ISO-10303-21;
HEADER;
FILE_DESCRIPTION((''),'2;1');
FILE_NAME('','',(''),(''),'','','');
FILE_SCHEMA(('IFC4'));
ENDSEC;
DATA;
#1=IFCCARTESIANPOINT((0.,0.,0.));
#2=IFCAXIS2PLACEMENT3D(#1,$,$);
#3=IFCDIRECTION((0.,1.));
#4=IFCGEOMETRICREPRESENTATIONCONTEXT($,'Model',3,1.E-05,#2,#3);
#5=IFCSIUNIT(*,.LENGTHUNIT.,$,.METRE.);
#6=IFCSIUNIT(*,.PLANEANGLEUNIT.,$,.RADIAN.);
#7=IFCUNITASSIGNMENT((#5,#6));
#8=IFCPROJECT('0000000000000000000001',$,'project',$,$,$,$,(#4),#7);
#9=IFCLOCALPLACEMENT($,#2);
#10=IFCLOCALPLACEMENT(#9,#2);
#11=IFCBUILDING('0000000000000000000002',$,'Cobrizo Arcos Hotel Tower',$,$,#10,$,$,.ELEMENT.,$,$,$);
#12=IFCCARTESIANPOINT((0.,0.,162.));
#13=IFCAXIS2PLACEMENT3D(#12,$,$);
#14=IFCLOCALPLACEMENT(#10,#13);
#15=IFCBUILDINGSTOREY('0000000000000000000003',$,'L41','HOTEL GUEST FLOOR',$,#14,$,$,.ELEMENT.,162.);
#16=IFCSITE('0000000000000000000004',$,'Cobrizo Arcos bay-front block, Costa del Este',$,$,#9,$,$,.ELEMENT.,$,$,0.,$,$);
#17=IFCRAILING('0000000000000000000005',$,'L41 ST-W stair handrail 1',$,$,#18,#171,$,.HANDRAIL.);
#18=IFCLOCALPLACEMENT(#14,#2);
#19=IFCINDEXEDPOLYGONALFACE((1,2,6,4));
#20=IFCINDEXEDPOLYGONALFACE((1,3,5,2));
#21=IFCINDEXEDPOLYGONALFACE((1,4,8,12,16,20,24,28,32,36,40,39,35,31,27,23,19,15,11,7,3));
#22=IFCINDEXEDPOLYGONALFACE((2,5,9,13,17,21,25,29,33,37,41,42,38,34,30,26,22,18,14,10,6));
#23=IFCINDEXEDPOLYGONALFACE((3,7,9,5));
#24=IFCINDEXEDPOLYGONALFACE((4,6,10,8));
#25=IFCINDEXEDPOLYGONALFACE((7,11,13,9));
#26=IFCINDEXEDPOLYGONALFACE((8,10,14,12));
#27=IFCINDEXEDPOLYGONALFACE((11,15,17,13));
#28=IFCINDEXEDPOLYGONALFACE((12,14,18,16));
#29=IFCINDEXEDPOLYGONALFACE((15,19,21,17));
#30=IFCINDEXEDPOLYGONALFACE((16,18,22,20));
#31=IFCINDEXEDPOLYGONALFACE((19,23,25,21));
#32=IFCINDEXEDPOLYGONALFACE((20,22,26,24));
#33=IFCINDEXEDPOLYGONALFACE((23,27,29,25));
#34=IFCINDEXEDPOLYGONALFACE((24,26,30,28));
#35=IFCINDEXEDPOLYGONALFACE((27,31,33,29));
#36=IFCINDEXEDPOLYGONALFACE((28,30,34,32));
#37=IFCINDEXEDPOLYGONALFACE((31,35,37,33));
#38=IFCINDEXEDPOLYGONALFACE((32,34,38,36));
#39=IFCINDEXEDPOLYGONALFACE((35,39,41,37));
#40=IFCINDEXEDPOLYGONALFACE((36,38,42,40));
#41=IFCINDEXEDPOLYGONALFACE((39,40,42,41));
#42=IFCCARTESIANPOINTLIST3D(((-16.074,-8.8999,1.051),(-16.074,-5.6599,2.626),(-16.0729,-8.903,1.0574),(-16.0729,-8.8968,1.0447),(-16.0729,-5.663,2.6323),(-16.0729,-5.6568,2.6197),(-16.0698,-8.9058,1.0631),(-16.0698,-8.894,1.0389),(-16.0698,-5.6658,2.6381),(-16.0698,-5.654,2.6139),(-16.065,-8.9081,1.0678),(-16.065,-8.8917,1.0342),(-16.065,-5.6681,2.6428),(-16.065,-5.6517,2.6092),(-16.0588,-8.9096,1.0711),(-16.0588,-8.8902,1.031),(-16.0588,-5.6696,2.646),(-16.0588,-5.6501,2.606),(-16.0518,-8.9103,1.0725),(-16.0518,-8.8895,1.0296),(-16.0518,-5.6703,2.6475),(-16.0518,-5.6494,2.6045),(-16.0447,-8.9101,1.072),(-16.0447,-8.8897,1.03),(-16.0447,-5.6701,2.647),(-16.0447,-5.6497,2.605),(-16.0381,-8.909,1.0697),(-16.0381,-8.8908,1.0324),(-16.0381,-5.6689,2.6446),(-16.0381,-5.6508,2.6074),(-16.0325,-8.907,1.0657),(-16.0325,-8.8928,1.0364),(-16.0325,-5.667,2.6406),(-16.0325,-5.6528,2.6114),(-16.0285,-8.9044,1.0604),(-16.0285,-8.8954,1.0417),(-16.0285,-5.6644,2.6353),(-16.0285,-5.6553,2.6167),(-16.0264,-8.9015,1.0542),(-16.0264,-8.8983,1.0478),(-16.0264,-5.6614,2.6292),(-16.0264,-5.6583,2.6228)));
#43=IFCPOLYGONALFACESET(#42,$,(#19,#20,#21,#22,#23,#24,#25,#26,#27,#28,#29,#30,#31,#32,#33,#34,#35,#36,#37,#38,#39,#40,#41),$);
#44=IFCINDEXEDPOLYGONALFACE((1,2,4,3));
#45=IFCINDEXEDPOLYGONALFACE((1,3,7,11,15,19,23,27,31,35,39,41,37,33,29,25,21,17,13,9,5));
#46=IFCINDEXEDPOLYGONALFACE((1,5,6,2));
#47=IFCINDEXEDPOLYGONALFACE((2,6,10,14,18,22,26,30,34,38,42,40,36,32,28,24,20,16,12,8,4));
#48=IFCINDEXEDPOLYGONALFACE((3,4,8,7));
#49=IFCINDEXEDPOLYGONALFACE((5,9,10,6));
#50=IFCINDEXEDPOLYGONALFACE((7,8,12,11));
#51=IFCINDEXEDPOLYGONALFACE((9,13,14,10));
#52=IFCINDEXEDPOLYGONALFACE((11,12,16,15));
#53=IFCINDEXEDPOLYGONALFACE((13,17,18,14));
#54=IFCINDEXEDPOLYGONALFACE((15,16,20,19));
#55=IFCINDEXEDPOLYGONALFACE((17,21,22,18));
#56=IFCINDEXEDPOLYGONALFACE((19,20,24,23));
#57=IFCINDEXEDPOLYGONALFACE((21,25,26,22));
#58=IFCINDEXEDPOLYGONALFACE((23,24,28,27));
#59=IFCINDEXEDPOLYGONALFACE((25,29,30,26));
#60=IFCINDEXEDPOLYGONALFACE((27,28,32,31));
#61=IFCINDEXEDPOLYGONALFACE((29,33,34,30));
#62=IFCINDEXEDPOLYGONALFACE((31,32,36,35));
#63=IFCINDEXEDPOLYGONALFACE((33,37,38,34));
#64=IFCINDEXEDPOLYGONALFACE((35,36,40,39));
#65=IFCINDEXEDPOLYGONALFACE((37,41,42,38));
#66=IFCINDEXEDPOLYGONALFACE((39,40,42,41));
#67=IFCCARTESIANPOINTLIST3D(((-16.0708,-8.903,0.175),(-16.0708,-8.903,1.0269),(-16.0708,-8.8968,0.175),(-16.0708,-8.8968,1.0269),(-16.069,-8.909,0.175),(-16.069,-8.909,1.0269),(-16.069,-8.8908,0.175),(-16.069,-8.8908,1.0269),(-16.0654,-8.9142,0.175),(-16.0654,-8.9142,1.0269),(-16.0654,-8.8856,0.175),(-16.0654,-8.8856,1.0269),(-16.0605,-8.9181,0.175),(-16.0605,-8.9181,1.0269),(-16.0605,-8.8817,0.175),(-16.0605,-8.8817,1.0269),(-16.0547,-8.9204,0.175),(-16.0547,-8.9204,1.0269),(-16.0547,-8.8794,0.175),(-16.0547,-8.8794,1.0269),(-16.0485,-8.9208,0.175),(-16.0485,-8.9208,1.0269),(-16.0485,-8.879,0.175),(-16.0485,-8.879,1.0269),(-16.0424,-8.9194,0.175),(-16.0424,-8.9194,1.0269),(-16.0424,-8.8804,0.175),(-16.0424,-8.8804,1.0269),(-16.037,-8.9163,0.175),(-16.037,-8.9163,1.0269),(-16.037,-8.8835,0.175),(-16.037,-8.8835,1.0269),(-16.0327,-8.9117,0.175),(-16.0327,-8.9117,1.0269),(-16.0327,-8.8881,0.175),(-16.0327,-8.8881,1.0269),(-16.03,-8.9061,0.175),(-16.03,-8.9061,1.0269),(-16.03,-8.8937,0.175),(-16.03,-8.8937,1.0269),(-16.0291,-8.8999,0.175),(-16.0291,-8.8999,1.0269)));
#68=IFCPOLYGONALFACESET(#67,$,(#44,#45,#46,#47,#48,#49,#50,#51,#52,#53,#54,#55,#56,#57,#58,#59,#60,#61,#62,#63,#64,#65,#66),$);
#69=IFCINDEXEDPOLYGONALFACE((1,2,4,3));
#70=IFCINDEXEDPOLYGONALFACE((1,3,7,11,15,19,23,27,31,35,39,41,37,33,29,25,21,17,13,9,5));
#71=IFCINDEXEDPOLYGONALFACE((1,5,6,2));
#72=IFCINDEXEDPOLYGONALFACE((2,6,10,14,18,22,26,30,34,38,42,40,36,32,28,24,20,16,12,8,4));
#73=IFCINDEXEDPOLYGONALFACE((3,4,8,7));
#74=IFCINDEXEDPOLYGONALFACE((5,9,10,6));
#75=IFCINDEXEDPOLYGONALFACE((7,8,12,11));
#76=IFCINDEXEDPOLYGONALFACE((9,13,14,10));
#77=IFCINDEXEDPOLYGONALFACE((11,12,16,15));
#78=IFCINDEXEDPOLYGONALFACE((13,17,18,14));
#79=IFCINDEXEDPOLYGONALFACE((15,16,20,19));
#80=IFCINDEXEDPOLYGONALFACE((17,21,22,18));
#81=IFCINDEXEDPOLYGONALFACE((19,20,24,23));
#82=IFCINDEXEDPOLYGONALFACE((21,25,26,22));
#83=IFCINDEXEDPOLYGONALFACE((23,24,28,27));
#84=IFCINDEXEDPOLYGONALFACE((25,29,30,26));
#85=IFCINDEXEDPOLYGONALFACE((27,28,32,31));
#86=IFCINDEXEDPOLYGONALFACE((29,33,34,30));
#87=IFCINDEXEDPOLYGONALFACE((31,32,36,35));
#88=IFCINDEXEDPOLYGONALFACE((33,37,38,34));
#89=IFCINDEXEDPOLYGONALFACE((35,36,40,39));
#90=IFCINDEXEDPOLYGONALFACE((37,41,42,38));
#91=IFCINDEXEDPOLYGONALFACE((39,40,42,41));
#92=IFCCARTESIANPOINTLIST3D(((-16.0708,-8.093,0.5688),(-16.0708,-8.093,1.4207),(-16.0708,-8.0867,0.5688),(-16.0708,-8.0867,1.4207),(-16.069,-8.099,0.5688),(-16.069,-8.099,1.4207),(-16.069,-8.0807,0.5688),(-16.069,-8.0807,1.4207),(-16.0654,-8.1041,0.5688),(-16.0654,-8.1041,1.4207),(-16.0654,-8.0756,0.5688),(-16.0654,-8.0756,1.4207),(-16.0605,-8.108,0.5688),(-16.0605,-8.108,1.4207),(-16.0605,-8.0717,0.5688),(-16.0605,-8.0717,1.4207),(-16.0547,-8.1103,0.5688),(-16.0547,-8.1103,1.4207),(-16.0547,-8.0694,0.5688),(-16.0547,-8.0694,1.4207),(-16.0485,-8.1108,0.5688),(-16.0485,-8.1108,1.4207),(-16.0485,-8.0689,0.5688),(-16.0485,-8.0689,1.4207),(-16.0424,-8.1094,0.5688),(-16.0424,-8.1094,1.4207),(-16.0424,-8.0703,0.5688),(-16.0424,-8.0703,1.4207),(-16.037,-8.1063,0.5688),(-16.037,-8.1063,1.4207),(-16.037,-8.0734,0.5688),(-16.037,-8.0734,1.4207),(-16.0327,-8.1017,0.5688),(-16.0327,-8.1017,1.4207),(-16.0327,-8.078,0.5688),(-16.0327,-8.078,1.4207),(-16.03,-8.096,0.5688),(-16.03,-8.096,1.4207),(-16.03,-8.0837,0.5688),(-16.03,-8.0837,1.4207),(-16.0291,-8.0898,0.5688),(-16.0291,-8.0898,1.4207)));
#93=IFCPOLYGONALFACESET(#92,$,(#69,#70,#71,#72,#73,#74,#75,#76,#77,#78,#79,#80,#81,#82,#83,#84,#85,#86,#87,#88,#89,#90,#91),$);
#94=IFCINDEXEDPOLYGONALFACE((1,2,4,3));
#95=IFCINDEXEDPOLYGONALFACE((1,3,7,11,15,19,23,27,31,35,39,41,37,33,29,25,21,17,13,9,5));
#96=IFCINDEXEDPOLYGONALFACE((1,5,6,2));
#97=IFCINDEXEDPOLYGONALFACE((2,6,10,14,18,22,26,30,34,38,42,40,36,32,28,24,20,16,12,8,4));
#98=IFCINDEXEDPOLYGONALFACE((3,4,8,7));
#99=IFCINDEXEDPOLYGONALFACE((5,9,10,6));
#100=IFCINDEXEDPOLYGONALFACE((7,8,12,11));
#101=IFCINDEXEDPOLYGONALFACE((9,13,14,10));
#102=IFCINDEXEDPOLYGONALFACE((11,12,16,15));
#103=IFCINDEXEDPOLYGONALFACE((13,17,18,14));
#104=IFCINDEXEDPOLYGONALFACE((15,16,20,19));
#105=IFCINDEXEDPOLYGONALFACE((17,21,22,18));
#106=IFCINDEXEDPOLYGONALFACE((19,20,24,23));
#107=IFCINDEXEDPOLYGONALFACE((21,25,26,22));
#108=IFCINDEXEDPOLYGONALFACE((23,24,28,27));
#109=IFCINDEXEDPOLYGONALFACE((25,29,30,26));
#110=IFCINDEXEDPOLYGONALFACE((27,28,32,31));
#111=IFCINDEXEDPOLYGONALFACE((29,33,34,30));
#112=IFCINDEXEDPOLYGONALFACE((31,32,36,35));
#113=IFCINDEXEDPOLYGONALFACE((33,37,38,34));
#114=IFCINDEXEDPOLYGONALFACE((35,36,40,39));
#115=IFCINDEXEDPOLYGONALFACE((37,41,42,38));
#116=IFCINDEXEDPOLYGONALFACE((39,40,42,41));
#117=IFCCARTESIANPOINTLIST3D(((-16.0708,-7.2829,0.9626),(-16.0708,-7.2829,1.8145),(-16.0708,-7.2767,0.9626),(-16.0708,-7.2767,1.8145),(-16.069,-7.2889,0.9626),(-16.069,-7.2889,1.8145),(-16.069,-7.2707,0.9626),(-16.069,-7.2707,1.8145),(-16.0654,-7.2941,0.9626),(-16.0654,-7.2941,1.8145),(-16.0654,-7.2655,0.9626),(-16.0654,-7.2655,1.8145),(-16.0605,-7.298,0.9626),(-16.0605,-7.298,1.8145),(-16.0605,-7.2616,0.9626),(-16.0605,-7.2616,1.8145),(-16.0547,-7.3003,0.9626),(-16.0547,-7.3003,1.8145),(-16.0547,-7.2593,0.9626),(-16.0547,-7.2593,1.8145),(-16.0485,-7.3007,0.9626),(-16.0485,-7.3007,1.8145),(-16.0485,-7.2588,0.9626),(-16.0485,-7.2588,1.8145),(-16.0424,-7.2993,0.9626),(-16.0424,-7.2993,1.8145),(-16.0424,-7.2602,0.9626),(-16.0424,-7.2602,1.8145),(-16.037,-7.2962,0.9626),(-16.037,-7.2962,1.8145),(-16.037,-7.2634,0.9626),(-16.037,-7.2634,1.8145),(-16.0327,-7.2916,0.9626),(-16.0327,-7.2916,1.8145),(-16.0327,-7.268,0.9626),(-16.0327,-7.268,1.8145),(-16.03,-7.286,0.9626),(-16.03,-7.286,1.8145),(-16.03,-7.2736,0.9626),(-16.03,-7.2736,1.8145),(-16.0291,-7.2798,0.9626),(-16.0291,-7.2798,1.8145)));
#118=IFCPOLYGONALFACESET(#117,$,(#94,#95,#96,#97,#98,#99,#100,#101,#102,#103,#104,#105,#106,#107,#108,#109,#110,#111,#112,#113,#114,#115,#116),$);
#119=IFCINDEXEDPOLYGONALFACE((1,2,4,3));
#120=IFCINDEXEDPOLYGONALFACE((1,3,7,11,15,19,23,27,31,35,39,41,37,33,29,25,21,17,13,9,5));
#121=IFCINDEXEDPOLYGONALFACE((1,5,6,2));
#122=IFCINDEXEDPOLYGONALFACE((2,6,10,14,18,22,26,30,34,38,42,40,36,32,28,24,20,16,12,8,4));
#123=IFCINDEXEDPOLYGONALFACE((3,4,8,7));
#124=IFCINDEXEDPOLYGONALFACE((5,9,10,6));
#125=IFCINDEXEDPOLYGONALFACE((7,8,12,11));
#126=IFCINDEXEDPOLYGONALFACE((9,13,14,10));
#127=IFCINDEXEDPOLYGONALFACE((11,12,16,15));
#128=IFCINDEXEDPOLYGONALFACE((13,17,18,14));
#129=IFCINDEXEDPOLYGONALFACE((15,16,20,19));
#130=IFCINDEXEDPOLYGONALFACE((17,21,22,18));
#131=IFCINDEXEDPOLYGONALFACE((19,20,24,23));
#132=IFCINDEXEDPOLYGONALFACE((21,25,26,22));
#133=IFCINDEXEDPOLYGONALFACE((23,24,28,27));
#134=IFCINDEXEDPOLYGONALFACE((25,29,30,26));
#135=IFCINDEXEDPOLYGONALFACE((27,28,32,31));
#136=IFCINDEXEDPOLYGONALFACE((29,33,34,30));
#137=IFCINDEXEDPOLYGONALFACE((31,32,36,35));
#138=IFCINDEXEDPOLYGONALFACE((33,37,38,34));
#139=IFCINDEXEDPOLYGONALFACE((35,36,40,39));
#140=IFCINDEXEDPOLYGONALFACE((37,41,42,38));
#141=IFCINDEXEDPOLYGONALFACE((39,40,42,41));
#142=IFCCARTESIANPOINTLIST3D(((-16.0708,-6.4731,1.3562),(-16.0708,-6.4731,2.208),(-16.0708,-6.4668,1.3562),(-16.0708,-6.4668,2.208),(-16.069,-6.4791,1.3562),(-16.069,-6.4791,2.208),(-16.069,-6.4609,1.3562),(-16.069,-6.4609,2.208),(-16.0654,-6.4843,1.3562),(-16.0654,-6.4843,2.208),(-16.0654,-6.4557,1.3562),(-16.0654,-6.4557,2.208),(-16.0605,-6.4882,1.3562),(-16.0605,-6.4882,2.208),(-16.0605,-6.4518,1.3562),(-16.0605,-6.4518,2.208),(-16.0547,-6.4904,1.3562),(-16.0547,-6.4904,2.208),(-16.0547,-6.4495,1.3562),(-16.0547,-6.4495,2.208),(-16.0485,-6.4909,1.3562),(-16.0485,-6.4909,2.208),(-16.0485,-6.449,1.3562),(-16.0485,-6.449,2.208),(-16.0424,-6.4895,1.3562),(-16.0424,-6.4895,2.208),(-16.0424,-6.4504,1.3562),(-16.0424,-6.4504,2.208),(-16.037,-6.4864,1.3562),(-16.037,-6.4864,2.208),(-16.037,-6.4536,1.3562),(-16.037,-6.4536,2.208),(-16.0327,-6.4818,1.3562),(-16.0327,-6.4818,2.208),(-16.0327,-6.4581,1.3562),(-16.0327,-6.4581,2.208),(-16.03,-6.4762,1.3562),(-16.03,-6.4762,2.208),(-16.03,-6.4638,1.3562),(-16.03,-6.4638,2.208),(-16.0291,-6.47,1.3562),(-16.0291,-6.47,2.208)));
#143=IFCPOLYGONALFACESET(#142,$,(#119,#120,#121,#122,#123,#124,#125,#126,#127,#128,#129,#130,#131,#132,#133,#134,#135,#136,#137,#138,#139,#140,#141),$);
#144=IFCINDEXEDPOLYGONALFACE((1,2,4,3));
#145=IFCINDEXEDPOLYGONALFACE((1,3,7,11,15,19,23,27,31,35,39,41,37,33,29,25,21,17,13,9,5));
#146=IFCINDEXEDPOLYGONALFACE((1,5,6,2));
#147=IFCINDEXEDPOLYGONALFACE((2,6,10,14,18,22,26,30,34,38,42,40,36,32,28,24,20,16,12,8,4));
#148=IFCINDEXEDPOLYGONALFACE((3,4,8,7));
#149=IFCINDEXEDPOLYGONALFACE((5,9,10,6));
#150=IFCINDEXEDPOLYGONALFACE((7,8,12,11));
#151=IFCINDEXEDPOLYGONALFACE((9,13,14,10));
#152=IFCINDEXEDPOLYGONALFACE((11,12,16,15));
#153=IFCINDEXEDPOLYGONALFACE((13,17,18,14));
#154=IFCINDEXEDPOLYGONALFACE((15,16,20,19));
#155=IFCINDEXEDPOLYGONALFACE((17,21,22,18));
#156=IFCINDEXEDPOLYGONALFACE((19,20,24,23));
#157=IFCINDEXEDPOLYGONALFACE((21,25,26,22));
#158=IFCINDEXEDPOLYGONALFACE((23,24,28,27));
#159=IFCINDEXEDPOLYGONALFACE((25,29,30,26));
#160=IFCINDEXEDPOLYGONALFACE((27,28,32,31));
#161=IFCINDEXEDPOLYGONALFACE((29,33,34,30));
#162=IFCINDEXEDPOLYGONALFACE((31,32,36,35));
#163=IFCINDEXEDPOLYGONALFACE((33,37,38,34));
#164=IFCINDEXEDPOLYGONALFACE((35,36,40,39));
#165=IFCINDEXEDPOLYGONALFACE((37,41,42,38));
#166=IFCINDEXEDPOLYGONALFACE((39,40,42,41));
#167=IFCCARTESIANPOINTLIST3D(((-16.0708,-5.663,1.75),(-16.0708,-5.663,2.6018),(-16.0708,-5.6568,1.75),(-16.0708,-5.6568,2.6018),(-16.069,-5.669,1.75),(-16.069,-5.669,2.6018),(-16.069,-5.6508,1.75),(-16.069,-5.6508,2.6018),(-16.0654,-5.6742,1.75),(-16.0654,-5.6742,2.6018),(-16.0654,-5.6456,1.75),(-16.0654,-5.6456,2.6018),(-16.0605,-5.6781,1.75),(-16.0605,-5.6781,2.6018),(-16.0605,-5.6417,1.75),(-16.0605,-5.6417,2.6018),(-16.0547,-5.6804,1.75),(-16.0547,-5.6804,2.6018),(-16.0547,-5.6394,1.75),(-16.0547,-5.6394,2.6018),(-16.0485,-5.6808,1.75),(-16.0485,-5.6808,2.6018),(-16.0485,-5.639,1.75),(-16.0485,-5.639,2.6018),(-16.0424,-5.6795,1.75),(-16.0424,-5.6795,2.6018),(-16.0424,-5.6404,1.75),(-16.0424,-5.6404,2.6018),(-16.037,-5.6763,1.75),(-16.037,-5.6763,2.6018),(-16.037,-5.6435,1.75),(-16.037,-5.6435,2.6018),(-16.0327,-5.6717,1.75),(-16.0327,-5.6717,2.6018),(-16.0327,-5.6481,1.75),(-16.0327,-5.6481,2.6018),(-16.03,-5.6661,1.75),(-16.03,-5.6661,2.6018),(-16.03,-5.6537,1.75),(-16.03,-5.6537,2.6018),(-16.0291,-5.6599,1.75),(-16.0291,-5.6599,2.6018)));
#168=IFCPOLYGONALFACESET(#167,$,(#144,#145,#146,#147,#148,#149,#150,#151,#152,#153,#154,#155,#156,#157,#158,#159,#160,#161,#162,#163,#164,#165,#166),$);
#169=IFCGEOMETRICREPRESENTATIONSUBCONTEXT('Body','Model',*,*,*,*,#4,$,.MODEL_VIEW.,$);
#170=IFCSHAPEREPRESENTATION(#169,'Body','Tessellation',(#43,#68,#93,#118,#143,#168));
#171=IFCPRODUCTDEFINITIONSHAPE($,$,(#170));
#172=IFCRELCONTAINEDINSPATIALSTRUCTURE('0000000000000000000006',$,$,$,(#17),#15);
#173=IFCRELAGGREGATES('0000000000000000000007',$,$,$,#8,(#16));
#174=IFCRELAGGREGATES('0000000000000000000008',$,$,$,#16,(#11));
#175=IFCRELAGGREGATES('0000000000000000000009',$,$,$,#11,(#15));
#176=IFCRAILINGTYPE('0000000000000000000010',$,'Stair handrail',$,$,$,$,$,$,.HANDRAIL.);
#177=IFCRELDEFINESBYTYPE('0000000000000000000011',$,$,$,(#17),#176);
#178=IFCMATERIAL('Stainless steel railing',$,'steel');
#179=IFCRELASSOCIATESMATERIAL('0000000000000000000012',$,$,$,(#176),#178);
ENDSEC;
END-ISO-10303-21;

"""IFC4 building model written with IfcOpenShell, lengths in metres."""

from ifc_helpers import new_model, si_unit, direction, frame, origin, origin_2d, place, context, subcontext, project, spatial, circle, extrude, material, type_object, element, save


model = new_model("IFC4")

# Units and contexts
model_context = context("Model", 3, precision=1e-05, world=origin(), true_north=direction((0.0, 1.0)))
body_context = subcontext(model_context, "Body", "Model", "MODEL_VIEW")
ifc_project = project(units=[si_unit("LENGTHUNIT", "METRE"), si_unit("PLANEANGLEUNIT", "RADIAN")], contexts=[model_context])

# Site, building, storey
site_placement = place(None, origin())
site = spatial("IfcSite", under=ifc_project, at=site_placement, Name="Cobrizo Arcos bay-front block, Costa del Este", CompositionType="ELEMENT", RefElevation=0.0)
building_placement = place(site_placement, origin())
building = spatial("IfcBuilding", under=site, at=building_placement, Name="Cobrizo Arcos Hotel Tower", CompositionType="ELEMENT")
storey_placement = place(building_placement, frame((0.0, 0.0, 162.0)))
storey = spatial("IfcBuildingStorey", under=building, at=storey_placement, Name="L41", Description="HOTEL GUEST FLOOR", CompositionType="ELEMENT", Elevation=162.0)

# Railing
ifc_material_1 = material(Name="Stainless steel railing", Category="steel")
railing_type_1 = type_object("IfcRailingType", Name="Stair handrail", PredefinedType="HANDRAIL", material=ifc_material_1)
railing_1_placement = place(storey_placement, frame((-16.05, -8.8999, 0.175)))
element("IfcRailing", 1, at=railing_1_placement, inside=storey, type_object=railing_type_1, Name="L41 ST-W stair handrail 1", PredefinedType="HANDRAIL", context=body_context, shape_type="SweptSolid", body=[
    extrude(circle(Radius=0.0239, at=origin_2d()), frame((0.0, 0.0, 0.876), z_axis=(0.0, 0.899373, 0.437183), x_axis=(-1.0, 0.0, 0.0)), (0.0, 0.0, 1.0), 3.6025),
    extrude(circle(Radius=0.021, at=origin_2d()), origin(), (0.0, 0.0, 1.0), 0.8518),
    extrude(circle(Radius=0.021, at=origin_2d()), frame((0.0, 0.8101, 0.3938)), (0.0, 0.0, 1.0), 0.8518),
    extrude(circle(Radius=0.021, at=origin_2d()), frame((0.0, 1.6201, 0.7876)), (0.0, 0.0, 1.0), 0.8518),
    extrude(circle(Radius=0.021, at=origin_2d()), frame((0.0, 2.4299, 1.1812)), (0.0, 0.0, 1.0), 0.8518),
    extrude(circle(Radius=0.021, at=origin_2d()), frame((0.0, 3.24, 1.575)), (0.0, 0.0, 1.0), 0.8518),
])

save(model, "model.ifc")
